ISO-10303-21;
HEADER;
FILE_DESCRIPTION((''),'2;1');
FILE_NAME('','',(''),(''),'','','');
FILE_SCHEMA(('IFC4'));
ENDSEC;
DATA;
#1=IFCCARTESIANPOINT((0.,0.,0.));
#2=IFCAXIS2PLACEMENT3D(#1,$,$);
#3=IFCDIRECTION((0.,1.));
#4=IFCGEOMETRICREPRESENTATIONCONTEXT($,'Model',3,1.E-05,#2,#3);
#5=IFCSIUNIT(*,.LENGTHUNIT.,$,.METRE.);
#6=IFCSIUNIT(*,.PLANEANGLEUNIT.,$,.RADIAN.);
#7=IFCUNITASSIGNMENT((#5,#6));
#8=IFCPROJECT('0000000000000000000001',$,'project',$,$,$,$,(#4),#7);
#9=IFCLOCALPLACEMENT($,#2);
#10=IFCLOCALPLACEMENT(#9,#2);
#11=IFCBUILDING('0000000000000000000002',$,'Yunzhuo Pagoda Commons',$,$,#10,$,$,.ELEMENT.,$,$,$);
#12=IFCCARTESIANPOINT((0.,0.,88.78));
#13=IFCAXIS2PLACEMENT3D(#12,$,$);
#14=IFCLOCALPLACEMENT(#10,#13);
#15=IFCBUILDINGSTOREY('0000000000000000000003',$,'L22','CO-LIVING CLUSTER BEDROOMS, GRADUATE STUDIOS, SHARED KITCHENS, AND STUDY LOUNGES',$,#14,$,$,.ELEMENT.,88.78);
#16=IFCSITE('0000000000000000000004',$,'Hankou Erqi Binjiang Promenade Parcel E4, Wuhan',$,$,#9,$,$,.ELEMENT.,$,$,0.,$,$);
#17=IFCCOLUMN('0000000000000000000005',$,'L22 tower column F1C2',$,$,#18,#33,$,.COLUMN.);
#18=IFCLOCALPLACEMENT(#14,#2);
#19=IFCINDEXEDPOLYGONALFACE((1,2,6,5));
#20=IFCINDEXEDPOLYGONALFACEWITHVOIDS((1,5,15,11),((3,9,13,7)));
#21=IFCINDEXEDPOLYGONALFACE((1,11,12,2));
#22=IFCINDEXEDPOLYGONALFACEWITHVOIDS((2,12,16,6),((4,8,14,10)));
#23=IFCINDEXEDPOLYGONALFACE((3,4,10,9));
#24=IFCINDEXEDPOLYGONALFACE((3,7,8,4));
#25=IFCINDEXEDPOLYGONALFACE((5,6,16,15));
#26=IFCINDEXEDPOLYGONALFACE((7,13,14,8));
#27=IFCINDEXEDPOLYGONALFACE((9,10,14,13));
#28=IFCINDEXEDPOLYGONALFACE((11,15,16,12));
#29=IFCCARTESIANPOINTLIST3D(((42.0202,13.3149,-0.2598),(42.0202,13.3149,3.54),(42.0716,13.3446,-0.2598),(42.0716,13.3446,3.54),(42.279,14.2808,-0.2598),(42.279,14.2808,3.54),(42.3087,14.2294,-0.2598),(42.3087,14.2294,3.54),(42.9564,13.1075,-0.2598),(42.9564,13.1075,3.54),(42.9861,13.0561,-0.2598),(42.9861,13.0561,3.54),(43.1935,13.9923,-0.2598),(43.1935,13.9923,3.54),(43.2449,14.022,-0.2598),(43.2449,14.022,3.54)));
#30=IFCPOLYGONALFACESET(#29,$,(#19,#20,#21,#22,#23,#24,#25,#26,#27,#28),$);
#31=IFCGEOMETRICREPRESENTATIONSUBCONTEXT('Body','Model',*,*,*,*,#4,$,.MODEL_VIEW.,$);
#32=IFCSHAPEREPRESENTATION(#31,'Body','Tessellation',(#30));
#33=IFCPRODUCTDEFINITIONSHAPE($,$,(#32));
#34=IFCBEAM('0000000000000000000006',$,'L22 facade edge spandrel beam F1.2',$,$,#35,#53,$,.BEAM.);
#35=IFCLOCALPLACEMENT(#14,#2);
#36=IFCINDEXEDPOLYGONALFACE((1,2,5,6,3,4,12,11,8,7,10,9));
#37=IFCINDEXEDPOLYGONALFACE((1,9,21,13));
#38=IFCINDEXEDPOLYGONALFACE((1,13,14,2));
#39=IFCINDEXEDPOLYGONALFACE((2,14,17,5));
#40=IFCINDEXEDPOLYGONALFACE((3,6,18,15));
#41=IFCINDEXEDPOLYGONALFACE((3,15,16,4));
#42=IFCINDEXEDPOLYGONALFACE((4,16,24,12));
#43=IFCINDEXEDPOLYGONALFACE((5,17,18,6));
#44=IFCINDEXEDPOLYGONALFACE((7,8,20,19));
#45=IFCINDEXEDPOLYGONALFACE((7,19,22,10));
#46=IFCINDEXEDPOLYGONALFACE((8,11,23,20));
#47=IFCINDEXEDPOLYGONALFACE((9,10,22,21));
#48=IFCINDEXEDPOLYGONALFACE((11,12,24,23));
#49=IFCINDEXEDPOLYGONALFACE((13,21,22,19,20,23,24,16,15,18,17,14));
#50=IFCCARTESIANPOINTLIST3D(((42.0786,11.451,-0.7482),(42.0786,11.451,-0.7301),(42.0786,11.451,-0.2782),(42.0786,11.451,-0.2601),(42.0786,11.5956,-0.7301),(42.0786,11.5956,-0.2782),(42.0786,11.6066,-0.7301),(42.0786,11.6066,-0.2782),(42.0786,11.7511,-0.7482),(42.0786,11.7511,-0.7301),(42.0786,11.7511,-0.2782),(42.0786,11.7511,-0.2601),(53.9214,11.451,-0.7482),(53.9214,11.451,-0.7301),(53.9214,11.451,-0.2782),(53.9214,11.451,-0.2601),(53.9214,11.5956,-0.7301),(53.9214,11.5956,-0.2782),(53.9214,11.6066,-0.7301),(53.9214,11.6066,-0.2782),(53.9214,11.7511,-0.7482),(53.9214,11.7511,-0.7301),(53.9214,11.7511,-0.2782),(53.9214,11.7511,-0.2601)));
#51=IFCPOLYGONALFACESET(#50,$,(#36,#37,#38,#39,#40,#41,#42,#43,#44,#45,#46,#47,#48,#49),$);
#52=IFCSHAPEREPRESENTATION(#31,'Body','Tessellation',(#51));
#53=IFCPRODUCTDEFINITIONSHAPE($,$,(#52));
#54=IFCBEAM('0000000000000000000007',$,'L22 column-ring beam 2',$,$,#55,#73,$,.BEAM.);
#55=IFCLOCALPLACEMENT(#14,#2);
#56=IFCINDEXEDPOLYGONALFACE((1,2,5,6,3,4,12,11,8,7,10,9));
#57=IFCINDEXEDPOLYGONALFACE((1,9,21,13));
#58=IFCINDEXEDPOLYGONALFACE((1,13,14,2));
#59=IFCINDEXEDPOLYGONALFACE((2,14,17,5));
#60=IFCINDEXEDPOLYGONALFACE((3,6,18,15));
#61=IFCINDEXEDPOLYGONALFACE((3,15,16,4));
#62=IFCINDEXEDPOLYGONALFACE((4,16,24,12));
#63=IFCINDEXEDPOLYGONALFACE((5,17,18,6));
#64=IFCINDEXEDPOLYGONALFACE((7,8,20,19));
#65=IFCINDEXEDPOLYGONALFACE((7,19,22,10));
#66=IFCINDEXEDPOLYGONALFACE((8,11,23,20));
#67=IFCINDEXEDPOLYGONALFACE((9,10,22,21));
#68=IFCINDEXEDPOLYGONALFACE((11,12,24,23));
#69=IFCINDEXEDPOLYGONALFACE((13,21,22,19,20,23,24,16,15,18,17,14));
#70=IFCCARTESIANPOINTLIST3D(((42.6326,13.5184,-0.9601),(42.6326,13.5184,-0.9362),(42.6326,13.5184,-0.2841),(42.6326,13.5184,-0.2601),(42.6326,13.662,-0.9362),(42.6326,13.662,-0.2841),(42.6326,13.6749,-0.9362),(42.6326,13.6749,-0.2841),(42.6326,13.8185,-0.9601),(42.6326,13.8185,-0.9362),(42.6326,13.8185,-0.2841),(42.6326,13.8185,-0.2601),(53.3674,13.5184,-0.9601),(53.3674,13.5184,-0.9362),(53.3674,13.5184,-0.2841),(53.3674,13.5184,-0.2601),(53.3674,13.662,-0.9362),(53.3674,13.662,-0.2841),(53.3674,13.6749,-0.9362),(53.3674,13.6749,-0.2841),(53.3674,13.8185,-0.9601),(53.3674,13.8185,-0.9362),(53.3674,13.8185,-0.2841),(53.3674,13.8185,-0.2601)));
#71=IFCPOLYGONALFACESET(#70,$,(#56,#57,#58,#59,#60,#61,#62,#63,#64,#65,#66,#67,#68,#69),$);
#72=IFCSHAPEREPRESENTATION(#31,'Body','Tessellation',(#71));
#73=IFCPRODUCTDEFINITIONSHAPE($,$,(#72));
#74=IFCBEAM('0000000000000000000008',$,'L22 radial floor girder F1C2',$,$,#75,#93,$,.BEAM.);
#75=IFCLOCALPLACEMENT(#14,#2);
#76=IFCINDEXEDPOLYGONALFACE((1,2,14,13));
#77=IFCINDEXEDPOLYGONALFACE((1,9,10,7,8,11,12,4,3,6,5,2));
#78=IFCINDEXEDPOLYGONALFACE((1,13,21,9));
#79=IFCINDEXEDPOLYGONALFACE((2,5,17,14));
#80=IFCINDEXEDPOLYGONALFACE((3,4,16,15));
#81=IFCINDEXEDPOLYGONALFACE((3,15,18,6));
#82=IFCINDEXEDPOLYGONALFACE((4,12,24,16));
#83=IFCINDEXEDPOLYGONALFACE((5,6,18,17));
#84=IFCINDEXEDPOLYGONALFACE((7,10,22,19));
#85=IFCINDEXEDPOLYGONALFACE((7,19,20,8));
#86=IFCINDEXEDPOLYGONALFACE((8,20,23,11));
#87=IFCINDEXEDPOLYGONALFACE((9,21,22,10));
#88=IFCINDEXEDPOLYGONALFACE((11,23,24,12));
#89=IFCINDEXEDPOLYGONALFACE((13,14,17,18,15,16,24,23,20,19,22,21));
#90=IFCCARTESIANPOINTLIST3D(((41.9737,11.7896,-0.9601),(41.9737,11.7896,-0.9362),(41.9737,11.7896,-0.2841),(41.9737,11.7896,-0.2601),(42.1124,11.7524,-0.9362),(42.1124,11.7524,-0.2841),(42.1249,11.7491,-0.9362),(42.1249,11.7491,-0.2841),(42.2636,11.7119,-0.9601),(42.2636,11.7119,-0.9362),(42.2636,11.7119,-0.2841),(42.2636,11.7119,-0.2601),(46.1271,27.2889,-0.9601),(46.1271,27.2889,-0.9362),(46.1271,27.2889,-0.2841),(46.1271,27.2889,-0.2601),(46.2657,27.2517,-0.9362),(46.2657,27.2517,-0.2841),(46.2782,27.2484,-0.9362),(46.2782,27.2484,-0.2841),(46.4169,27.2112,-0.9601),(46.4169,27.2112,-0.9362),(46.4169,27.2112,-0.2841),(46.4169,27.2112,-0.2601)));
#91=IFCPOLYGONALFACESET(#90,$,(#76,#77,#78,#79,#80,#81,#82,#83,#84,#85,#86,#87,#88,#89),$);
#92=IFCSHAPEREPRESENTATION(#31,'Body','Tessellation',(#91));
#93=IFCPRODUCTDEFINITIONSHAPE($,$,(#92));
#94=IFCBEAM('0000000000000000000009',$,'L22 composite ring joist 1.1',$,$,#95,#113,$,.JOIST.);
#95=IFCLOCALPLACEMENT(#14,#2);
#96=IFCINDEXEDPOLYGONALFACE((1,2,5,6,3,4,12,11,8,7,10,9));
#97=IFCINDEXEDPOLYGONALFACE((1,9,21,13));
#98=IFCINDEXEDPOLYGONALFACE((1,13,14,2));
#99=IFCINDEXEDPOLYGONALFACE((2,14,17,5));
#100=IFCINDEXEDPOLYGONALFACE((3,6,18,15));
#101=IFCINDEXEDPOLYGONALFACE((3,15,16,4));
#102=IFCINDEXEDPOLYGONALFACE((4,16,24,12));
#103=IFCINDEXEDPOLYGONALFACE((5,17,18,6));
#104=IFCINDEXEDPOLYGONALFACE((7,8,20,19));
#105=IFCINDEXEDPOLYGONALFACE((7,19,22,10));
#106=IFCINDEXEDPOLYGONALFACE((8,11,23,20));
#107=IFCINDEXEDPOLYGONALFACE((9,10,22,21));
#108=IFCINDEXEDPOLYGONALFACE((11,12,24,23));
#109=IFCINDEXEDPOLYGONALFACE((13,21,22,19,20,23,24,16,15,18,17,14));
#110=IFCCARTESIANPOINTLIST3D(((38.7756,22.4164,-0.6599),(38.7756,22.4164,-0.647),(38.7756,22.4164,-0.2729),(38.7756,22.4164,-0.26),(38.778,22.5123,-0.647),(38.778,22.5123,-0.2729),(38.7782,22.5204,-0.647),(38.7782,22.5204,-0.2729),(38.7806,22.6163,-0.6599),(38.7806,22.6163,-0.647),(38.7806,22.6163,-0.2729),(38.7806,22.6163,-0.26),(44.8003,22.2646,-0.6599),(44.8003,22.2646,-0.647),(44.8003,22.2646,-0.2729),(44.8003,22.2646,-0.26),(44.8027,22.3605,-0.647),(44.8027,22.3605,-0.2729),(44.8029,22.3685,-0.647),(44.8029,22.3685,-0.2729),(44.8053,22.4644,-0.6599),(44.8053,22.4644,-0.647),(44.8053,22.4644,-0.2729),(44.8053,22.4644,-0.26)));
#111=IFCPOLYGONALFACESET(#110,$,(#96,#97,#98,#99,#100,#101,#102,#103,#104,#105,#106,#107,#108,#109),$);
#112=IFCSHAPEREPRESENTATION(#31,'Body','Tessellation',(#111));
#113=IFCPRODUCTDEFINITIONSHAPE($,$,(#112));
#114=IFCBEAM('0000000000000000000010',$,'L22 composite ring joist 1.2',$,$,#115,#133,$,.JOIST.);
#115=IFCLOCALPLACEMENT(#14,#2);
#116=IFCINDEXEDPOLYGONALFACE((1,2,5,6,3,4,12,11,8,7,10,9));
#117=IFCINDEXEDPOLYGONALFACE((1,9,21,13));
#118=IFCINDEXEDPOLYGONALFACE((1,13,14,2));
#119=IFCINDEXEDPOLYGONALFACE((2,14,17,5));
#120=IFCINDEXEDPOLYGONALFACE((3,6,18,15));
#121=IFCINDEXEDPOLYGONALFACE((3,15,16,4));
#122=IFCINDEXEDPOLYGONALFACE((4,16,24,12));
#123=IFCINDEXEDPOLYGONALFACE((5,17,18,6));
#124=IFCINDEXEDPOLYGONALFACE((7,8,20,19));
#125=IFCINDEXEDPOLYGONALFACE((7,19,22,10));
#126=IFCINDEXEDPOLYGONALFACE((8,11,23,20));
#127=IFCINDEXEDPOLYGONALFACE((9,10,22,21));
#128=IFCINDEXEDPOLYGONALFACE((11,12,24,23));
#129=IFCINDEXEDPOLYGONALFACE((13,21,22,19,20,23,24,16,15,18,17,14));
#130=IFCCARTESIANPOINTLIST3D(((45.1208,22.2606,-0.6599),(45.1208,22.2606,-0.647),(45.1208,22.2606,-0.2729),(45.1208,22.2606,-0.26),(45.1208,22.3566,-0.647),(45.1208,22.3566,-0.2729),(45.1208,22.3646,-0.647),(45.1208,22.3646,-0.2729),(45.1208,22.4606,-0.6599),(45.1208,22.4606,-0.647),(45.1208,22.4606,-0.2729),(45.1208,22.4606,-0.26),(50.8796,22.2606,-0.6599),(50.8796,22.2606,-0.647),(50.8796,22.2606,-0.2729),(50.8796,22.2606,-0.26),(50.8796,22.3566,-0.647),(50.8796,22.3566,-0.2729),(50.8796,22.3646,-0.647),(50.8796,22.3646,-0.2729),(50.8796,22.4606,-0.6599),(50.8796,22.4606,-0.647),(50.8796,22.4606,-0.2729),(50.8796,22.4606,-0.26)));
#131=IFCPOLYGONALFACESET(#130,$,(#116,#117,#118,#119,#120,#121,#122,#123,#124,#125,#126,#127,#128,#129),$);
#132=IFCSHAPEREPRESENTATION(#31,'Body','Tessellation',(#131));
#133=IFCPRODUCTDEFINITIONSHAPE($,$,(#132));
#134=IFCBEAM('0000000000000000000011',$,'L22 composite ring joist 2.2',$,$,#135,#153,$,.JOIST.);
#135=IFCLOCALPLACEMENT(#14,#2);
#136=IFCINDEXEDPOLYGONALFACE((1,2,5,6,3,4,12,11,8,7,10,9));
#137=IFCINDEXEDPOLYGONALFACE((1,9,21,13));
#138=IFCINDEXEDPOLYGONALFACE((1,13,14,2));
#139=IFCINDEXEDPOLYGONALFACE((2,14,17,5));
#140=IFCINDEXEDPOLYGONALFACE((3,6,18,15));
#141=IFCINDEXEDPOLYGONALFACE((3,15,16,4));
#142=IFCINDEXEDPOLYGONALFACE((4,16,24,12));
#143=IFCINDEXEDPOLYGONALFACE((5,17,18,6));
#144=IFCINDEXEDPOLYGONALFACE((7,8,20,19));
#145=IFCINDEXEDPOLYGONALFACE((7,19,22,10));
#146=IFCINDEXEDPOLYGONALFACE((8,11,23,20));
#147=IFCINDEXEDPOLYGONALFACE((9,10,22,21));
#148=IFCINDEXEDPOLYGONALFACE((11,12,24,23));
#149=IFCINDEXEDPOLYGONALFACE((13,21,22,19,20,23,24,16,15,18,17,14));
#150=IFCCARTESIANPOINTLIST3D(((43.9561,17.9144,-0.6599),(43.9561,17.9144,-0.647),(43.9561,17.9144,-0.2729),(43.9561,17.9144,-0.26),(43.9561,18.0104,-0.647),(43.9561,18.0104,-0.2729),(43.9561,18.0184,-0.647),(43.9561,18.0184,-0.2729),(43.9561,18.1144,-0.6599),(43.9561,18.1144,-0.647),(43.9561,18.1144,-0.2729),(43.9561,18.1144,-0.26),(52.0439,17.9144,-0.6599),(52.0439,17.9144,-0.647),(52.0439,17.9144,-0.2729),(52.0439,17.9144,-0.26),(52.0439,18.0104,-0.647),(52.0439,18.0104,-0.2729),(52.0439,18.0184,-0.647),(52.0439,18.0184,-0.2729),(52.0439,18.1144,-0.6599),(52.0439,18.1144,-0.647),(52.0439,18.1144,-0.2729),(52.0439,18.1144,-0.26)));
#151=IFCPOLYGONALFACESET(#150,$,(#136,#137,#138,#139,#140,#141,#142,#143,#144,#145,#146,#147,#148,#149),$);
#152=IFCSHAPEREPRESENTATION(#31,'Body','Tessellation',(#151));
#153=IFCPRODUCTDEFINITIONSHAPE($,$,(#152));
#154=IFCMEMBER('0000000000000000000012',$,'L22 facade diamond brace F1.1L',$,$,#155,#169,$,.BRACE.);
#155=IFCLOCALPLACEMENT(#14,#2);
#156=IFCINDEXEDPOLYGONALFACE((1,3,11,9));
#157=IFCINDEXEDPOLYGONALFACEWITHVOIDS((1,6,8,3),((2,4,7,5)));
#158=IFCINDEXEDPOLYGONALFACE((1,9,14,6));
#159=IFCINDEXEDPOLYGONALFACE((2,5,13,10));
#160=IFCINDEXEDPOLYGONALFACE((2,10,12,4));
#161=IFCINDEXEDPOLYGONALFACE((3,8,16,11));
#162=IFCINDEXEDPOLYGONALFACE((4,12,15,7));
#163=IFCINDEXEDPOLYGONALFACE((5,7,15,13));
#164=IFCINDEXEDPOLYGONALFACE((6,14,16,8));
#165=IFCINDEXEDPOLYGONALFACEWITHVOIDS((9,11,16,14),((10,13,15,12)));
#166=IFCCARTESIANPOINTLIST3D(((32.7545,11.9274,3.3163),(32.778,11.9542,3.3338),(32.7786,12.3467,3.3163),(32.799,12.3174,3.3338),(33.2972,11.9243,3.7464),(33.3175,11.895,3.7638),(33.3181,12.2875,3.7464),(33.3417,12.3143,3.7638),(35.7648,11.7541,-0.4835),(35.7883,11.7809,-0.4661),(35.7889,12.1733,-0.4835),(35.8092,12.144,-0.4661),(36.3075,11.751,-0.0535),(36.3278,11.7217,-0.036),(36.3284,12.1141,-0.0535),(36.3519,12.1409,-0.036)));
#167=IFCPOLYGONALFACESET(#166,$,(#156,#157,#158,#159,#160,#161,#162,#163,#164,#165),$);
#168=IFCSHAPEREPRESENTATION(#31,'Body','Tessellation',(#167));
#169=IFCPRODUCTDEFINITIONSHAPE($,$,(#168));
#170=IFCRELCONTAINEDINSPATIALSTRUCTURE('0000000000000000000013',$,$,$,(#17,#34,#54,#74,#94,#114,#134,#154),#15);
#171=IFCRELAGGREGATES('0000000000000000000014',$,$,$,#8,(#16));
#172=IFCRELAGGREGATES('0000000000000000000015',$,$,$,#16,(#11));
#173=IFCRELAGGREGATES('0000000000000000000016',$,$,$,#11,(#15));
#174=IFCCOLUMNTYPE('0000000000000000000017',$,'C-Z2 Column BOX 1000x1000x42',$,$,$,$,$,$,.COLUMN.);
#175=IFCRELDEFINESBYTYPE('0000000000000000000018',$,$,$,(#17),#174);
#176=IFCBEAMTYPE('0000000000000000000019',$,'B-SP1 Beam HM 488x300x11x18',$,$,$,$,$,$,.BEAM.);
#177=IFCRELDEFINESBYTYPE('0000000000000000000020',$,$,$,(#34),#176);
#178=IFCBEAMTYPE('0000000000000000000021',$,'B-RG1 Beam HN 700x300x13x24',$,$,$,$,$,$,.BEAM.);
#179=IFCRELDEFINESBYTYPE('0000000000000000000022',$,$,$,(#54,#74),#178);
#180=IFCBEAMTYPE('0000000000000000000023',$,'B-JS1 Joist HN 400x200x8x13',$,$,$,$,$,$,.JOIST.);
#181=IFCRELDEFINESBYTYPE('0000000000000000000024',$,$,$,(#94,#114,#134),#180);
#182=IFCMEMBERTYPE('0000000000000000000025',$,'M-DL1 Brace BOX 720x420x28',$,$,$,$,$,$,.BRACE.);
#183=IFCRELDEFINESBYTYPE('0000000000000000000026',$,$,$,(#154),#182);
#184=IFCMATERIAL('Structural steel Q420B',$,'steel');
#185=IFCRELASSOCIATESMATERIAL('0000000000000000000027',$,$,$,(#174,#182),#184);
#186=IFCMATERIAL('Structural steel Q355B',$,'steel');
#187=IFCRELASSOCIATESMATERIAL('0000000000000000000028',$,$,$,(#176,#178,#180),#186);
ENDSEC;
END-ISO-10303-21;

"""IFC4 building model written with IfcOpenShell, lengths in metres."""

from ifc_helpers import new_model, si_unit, direction, frame, origin, origin_2d, place, context, subcontext, project, spatial, hollow_rectangle, i_section, extrude, source, transform, mapped, material, material_profile, profile_set, type_object, element, save


model = new_model("IFC4")

# Units and contexts
model_context = context("Model", 3, precision=1e-05, world=origin(), true_north=direction((0.0, 1.0)))
body_context = subcontext(model_context, "Body", "Model", "MODEL_VIEW")
ifc_project = project(units=[si_unit("LENGTHUNIT", "METRE"), si_unit("PLANEANGLEUNIT", "RADIAN")], contexts=[model_context])

# Site, building, storey
site_placement = place(None, origin())
site = spatial("IfcSite", under=ifc_project, at=site_placement, Name="Hankou Erqi Binjiang Promenade Parcel E4, Wuhan", CompositionType="ELEMENT", RefElevation=0.0)
building_placement = place(site_placement, origin())
building = spatial("IfcBuilding", under=site, at=building_placement, Name="Yunzhuo Pagoda Commons", CompositionType="ELEMENT")
storey_placement = place(building_placement, frame((0.0, 0.0, 88.78)))
storey = spatial("IfcBuildingStorey", under=building, at=storey_placement, Name="L22", Description="CO-LIVING CLUSTER BEDROOMS, GRADUATE STUDIOS, SHARED KITCHENS, AND STUDY LOUNGES", CompositionType="ELEMENT", Elevation=88.78)

# Column
ifc_material_1 = material(Name="Structural steel Q420B", Category="steel")
ifc_material_profile_1 = material_profile(ifc_material_1, hollow_rectangle(XDim=1.0, YDim=1.0, WallThickness=0.042, at=origin_2d()), Name="Structural steel Q420B")
ifc_profile_set_1 = profile_set([ifc_material_profile_1], Name="Structural steel Q420B")
column_type = type_object("IfcColumnType", Name="C-Z2 Column BOX 1000x1000x42", PredefinedType="COLUMN", material=ifc_profile_set_1)
shared_shape_1 = source(origin(), body_context, "Body", "SweptSolid", [
    extrude(hollow_rectangle(XDim=1.0, YDim=1.0, WallThickness=0.042, at=origin_2d()), origin(), (0.0, 0.0, 1.0), 3.7998),
])
column_placement = place(storey_placement, frame((42.6326, 13.6685, -0.2598), z_axis=(0.0, 0.0, 1.0), x_axis=(0.965926, -0.258819, 0.0)))
element("IfcColumn", 1, at=column_placement, inside=storey, type_object=column_type, Name="L22 tower column F1C2", PredefinedType="COLUMN", context=body_context, shape_type="MappedRepresentation", body=[
    mapped(shared_shape_1, transform((0.0, 0.0, 0.0), scale=1.0)),
])

# Beams
ifc_material_2 = material(Name="Structural steel Q355B", Category="steel")
ifc_material_profile_2 = material_profile(ifc_material_2, i_section(OverallWidth=0.3, OverallDepth=0.488, WebThickness=0.011, FlangeThickness=0.0181, at=origin_2d()), Name="Structural steel Q355B")
ifc_profile_set_2 = profile_set([ifc_material_profile_2], Name="Structural steel Q355B")
beam_type_1 = type_object("IfcBeamType", Name="B-SP1 Beam HM 488x300x11x18", PredefinedType="BEAM", material=ifc_profile_set_2)
shared_shape_2 = source(origin(), body_context, "Body", "SweptSolid", [
    extrude(i_section(OverallWidth=0.3, OverallDepth=0.488, WebThickness=0.011, FlangeThickness=0.0181, at=origin_2d()), origin(), (0.0, 0.0, 1.0), 11.8428),
])
beam_1_placement = place(storey_placement, frame((42.0786, 11.6011, -0.5042), z_axis=(1.0, 0.0, 0.0), x_axis=(0.0, 1.0, 0.0)))
element("IfcBeam", 2, at=beam_1_placement, inside=storey, type_object=beam_type_1, Name="L22 facade edge spandrel beam F1.2", PredefinedType="BEAM", context=body_context, shape_type="MappedRepresentation", body=[
    mapped(shared_shape_2, transform((0.0, 0.0, 0.0), scale=1.0)),
])
ifc_material_profile_3 = material_profile(ifc_material_2, i_section(OverallWidth=0.3, OverallDepth=0.7, WebThickness=0.0129, FlangeThickness=0.0239, at=origin_2d()), Name="Structural steel Q355B")
ifc_profile_set_3 = profile_set([ifc_material_profile_3], Name="Structural steel Q355B")
beam_type_2 = type_object("IfcBeamType", Name="B-RG1 Beam HN 700x300x13x24", PredefinedType="BEAM", material=ifc_profile_set_3)
shared_shape_3 = source(origin(), body_context, "Body", "SweptSolid", [
    extrude(i_section(OverallWidth=0.3, OverallDepth=0.7, WebThickness=0.0129, FlangeThickness=0.0239, at=origin_2d()), origin(), (0.0, 0.0, 1.0), 10.7349),
])
beam_2_placement = place(storey_placement, frame((42.6326, 13.6685, -0.6101), z_axis=(1.0, 0.0, 0.0), x_axis=(0.0, 1.0, 0.0)))
element("IfcBeam", 3, at=beam_2_placement, inside=storey, type_object=beam_type_2, Name="L22 column-ring beam 2", PredefinedType="BEAM", context=body_context, shape_type="MappedRepresentation", body=[
    mapped(shared_shape_3, transform((0.0, 0.0, 0.0), scale=1.0)),
])
shared_shape_4 = source(origin(), body_context, "Body", "SweptSolid", [
    extrude(i_section(OverallWidth=0.3, OverallDepth=0.7, WebThickness=0.0129, FlangeThickness=0.0239, at=origin_2d()), origin(), (0.0, 0.0, 1.0), 16.0461),
])
beam_3_placement = place(storey_placement, frame((42.1187, 11.7507, -0.6101), z_axis=(0.258837, 0.965921, 0.0), x_axis=(-0.965921, 0.258837, 0.0)))
element("IfcBeam", 4, at=beam_3_placement, inside=storey, type_object=beam_type_2, Name="L22 radial floor girder F1C2", PredefinedType="BEAM", context=body_context, shape_type="MappedRepresentation", body=[
    mapped(shared_shape_4, transform((0.0, 0.0, 0.0), scale=1.0)),
])
ifc_material_profile_4 = material_profile(ifc_material_2, i_section(OverallWidth=0.2, OverallDepth=0.3999, WebThickness=0.0081, FlangeThickness=0.0129, at=origin_2d()), Name="Structural steel Q355B")
ifc_profile_set_4 = profile_set([ifc_material_profile_4], Name="Structural steel Q355B")
beam_type_3 = type_object("IfcBeamType", Name="B-JS1 Joist HN 400x200x8x13", PredefinedType="JOIST", material=ifc_profile_set_4)
shared_shape_5 = source(origin(), body_context, "Body", "SweptSolid", [
    extrude(i_section(OverallWidth=0.2, OverallDepth=0.3999, WebThickness=0.0081, FlangeThickness=0.0129, at=origin_2d()), origin(), (0.0, 0.0, 1.0), 6.0266),
])
beam_4_placement = place(storey_placement, frame((38.7781, 22.5164, -0.46), z_axis=(0.999682, -0.025198, 0.0), x_axis=(0.025198, 0.999682, 0.0)))
element("IfcBeam", 5, at=beam_4_placement, inside=storey, type_object=beam_type_3, Name="L22 composite ring joist 1.1", PredefinedType="JOIST", context=body_context, shape_type="MappedRepresentation", body=[
    mapped(shared_shape_5, transform((0.0, 0.0, 0.0), scale=1.0)),
])
shared_shape_6 = source(origin(), body_context, "Body", "SweptSolid", [
    extrude(i_section(OverallWidth=0.2, OverallDepth=0.3999, WebThickness=0.0081, FlangeThickness=0.0129, at=origin_2d()), origin(), (0.0, 0.0, 1.0), 5.7588),
])
beam_5_placement = place(storey_placement, frame((45.1208, 22.3606, -0.46), z_axis=(1.0, 0.0, 0.0), x_axis=(0.0, 1.0, 0.0)))
element("IfcBeam", 6, at=beam_5_placement, inside=storey, type_object=beam_type_3, Name="L22 composite ring joist 1.2", PredefinedType="JOIST", context=body_context, shape_type="MappedRepresentation", body=[
    mapped(shared_shape_6, transform((0.0, 0.0, 0.0), scale=1.0)),
])
shared_shape_7 = source(origin(), body_context, "Body", "SweptSolid", [
    extrude(i_section(OverallWidth=0.2, OverallDepth=0.3999, WebThickness=0.0081, FlangeThickness=0.0129, at=origin_2d()), origin(), (0.0, 0.0, 1.0), 8.0879),
])
beam_6_placement = place(storey_placement, frame((43.9561, 18.0144, -0.46), z_axis=(1.0, 0.0, 0.0), x_axis=(0.0, 1.0, 0.0)))
element("IfcBeam", 7, at=beam_6_placement, inside=storey, type_object=beam_type_3, Name="L22 composite ring joist 2.2", PredefinedType="JOIST", context=body_context, shape_type="MappedRepresentation", body=[
    mapped(shared_shape_7, transform((0.0, 0.0, 0.0), scale=1.0)),
])

# Member
ifc_material_profile_5 = material_profile(ifc_material_1, hollow_rectangle(XDim=0.4199, YDim=0.72, WallThickness=0.0281, at=origin_2d()), Name="Structural steel Q420B")
ifc_profile_set_5 = profile_set([ifc_material_profile_5], Name="Structural steel Q420B")
member_type_1 = type_object("IfcMemberType", Name="M-DL1 Brace BOX 720x420x28", PredefinedType="BRACE", material=ifc_profile_set_5)
shared_shape_8 = source(origin(), body_context, "Body", "SweptSolid", [
    extrude(hollow_rectangle(XDim=0.4199, YDim=0.72, WallThickness=0.0281, at=origin_2d()), origin(), (0.0, 0.0, 1.0), 4.8508),
])
member_1_placement = place(storey_placement, frame((36.0583, 11.9475, -0.2598), z_axis=(-0.620569, 0.035734, 0.783337), x_axis=(-0.057488, -0.998346, 0.0)))
element("IfcMember", 8, at=member_1_placement, inside=storey, type_object=member_type_1, Name="L22 facade diamond brace F1.1L", PredefinedType="BRACE", context=body_context, shape_type="MappedRepresentation", body=[
    mapped(shared_shape_8, transform((0.0, 0.0, 0.0), scale=1.0)),
])

save(model, "model.ifc")
